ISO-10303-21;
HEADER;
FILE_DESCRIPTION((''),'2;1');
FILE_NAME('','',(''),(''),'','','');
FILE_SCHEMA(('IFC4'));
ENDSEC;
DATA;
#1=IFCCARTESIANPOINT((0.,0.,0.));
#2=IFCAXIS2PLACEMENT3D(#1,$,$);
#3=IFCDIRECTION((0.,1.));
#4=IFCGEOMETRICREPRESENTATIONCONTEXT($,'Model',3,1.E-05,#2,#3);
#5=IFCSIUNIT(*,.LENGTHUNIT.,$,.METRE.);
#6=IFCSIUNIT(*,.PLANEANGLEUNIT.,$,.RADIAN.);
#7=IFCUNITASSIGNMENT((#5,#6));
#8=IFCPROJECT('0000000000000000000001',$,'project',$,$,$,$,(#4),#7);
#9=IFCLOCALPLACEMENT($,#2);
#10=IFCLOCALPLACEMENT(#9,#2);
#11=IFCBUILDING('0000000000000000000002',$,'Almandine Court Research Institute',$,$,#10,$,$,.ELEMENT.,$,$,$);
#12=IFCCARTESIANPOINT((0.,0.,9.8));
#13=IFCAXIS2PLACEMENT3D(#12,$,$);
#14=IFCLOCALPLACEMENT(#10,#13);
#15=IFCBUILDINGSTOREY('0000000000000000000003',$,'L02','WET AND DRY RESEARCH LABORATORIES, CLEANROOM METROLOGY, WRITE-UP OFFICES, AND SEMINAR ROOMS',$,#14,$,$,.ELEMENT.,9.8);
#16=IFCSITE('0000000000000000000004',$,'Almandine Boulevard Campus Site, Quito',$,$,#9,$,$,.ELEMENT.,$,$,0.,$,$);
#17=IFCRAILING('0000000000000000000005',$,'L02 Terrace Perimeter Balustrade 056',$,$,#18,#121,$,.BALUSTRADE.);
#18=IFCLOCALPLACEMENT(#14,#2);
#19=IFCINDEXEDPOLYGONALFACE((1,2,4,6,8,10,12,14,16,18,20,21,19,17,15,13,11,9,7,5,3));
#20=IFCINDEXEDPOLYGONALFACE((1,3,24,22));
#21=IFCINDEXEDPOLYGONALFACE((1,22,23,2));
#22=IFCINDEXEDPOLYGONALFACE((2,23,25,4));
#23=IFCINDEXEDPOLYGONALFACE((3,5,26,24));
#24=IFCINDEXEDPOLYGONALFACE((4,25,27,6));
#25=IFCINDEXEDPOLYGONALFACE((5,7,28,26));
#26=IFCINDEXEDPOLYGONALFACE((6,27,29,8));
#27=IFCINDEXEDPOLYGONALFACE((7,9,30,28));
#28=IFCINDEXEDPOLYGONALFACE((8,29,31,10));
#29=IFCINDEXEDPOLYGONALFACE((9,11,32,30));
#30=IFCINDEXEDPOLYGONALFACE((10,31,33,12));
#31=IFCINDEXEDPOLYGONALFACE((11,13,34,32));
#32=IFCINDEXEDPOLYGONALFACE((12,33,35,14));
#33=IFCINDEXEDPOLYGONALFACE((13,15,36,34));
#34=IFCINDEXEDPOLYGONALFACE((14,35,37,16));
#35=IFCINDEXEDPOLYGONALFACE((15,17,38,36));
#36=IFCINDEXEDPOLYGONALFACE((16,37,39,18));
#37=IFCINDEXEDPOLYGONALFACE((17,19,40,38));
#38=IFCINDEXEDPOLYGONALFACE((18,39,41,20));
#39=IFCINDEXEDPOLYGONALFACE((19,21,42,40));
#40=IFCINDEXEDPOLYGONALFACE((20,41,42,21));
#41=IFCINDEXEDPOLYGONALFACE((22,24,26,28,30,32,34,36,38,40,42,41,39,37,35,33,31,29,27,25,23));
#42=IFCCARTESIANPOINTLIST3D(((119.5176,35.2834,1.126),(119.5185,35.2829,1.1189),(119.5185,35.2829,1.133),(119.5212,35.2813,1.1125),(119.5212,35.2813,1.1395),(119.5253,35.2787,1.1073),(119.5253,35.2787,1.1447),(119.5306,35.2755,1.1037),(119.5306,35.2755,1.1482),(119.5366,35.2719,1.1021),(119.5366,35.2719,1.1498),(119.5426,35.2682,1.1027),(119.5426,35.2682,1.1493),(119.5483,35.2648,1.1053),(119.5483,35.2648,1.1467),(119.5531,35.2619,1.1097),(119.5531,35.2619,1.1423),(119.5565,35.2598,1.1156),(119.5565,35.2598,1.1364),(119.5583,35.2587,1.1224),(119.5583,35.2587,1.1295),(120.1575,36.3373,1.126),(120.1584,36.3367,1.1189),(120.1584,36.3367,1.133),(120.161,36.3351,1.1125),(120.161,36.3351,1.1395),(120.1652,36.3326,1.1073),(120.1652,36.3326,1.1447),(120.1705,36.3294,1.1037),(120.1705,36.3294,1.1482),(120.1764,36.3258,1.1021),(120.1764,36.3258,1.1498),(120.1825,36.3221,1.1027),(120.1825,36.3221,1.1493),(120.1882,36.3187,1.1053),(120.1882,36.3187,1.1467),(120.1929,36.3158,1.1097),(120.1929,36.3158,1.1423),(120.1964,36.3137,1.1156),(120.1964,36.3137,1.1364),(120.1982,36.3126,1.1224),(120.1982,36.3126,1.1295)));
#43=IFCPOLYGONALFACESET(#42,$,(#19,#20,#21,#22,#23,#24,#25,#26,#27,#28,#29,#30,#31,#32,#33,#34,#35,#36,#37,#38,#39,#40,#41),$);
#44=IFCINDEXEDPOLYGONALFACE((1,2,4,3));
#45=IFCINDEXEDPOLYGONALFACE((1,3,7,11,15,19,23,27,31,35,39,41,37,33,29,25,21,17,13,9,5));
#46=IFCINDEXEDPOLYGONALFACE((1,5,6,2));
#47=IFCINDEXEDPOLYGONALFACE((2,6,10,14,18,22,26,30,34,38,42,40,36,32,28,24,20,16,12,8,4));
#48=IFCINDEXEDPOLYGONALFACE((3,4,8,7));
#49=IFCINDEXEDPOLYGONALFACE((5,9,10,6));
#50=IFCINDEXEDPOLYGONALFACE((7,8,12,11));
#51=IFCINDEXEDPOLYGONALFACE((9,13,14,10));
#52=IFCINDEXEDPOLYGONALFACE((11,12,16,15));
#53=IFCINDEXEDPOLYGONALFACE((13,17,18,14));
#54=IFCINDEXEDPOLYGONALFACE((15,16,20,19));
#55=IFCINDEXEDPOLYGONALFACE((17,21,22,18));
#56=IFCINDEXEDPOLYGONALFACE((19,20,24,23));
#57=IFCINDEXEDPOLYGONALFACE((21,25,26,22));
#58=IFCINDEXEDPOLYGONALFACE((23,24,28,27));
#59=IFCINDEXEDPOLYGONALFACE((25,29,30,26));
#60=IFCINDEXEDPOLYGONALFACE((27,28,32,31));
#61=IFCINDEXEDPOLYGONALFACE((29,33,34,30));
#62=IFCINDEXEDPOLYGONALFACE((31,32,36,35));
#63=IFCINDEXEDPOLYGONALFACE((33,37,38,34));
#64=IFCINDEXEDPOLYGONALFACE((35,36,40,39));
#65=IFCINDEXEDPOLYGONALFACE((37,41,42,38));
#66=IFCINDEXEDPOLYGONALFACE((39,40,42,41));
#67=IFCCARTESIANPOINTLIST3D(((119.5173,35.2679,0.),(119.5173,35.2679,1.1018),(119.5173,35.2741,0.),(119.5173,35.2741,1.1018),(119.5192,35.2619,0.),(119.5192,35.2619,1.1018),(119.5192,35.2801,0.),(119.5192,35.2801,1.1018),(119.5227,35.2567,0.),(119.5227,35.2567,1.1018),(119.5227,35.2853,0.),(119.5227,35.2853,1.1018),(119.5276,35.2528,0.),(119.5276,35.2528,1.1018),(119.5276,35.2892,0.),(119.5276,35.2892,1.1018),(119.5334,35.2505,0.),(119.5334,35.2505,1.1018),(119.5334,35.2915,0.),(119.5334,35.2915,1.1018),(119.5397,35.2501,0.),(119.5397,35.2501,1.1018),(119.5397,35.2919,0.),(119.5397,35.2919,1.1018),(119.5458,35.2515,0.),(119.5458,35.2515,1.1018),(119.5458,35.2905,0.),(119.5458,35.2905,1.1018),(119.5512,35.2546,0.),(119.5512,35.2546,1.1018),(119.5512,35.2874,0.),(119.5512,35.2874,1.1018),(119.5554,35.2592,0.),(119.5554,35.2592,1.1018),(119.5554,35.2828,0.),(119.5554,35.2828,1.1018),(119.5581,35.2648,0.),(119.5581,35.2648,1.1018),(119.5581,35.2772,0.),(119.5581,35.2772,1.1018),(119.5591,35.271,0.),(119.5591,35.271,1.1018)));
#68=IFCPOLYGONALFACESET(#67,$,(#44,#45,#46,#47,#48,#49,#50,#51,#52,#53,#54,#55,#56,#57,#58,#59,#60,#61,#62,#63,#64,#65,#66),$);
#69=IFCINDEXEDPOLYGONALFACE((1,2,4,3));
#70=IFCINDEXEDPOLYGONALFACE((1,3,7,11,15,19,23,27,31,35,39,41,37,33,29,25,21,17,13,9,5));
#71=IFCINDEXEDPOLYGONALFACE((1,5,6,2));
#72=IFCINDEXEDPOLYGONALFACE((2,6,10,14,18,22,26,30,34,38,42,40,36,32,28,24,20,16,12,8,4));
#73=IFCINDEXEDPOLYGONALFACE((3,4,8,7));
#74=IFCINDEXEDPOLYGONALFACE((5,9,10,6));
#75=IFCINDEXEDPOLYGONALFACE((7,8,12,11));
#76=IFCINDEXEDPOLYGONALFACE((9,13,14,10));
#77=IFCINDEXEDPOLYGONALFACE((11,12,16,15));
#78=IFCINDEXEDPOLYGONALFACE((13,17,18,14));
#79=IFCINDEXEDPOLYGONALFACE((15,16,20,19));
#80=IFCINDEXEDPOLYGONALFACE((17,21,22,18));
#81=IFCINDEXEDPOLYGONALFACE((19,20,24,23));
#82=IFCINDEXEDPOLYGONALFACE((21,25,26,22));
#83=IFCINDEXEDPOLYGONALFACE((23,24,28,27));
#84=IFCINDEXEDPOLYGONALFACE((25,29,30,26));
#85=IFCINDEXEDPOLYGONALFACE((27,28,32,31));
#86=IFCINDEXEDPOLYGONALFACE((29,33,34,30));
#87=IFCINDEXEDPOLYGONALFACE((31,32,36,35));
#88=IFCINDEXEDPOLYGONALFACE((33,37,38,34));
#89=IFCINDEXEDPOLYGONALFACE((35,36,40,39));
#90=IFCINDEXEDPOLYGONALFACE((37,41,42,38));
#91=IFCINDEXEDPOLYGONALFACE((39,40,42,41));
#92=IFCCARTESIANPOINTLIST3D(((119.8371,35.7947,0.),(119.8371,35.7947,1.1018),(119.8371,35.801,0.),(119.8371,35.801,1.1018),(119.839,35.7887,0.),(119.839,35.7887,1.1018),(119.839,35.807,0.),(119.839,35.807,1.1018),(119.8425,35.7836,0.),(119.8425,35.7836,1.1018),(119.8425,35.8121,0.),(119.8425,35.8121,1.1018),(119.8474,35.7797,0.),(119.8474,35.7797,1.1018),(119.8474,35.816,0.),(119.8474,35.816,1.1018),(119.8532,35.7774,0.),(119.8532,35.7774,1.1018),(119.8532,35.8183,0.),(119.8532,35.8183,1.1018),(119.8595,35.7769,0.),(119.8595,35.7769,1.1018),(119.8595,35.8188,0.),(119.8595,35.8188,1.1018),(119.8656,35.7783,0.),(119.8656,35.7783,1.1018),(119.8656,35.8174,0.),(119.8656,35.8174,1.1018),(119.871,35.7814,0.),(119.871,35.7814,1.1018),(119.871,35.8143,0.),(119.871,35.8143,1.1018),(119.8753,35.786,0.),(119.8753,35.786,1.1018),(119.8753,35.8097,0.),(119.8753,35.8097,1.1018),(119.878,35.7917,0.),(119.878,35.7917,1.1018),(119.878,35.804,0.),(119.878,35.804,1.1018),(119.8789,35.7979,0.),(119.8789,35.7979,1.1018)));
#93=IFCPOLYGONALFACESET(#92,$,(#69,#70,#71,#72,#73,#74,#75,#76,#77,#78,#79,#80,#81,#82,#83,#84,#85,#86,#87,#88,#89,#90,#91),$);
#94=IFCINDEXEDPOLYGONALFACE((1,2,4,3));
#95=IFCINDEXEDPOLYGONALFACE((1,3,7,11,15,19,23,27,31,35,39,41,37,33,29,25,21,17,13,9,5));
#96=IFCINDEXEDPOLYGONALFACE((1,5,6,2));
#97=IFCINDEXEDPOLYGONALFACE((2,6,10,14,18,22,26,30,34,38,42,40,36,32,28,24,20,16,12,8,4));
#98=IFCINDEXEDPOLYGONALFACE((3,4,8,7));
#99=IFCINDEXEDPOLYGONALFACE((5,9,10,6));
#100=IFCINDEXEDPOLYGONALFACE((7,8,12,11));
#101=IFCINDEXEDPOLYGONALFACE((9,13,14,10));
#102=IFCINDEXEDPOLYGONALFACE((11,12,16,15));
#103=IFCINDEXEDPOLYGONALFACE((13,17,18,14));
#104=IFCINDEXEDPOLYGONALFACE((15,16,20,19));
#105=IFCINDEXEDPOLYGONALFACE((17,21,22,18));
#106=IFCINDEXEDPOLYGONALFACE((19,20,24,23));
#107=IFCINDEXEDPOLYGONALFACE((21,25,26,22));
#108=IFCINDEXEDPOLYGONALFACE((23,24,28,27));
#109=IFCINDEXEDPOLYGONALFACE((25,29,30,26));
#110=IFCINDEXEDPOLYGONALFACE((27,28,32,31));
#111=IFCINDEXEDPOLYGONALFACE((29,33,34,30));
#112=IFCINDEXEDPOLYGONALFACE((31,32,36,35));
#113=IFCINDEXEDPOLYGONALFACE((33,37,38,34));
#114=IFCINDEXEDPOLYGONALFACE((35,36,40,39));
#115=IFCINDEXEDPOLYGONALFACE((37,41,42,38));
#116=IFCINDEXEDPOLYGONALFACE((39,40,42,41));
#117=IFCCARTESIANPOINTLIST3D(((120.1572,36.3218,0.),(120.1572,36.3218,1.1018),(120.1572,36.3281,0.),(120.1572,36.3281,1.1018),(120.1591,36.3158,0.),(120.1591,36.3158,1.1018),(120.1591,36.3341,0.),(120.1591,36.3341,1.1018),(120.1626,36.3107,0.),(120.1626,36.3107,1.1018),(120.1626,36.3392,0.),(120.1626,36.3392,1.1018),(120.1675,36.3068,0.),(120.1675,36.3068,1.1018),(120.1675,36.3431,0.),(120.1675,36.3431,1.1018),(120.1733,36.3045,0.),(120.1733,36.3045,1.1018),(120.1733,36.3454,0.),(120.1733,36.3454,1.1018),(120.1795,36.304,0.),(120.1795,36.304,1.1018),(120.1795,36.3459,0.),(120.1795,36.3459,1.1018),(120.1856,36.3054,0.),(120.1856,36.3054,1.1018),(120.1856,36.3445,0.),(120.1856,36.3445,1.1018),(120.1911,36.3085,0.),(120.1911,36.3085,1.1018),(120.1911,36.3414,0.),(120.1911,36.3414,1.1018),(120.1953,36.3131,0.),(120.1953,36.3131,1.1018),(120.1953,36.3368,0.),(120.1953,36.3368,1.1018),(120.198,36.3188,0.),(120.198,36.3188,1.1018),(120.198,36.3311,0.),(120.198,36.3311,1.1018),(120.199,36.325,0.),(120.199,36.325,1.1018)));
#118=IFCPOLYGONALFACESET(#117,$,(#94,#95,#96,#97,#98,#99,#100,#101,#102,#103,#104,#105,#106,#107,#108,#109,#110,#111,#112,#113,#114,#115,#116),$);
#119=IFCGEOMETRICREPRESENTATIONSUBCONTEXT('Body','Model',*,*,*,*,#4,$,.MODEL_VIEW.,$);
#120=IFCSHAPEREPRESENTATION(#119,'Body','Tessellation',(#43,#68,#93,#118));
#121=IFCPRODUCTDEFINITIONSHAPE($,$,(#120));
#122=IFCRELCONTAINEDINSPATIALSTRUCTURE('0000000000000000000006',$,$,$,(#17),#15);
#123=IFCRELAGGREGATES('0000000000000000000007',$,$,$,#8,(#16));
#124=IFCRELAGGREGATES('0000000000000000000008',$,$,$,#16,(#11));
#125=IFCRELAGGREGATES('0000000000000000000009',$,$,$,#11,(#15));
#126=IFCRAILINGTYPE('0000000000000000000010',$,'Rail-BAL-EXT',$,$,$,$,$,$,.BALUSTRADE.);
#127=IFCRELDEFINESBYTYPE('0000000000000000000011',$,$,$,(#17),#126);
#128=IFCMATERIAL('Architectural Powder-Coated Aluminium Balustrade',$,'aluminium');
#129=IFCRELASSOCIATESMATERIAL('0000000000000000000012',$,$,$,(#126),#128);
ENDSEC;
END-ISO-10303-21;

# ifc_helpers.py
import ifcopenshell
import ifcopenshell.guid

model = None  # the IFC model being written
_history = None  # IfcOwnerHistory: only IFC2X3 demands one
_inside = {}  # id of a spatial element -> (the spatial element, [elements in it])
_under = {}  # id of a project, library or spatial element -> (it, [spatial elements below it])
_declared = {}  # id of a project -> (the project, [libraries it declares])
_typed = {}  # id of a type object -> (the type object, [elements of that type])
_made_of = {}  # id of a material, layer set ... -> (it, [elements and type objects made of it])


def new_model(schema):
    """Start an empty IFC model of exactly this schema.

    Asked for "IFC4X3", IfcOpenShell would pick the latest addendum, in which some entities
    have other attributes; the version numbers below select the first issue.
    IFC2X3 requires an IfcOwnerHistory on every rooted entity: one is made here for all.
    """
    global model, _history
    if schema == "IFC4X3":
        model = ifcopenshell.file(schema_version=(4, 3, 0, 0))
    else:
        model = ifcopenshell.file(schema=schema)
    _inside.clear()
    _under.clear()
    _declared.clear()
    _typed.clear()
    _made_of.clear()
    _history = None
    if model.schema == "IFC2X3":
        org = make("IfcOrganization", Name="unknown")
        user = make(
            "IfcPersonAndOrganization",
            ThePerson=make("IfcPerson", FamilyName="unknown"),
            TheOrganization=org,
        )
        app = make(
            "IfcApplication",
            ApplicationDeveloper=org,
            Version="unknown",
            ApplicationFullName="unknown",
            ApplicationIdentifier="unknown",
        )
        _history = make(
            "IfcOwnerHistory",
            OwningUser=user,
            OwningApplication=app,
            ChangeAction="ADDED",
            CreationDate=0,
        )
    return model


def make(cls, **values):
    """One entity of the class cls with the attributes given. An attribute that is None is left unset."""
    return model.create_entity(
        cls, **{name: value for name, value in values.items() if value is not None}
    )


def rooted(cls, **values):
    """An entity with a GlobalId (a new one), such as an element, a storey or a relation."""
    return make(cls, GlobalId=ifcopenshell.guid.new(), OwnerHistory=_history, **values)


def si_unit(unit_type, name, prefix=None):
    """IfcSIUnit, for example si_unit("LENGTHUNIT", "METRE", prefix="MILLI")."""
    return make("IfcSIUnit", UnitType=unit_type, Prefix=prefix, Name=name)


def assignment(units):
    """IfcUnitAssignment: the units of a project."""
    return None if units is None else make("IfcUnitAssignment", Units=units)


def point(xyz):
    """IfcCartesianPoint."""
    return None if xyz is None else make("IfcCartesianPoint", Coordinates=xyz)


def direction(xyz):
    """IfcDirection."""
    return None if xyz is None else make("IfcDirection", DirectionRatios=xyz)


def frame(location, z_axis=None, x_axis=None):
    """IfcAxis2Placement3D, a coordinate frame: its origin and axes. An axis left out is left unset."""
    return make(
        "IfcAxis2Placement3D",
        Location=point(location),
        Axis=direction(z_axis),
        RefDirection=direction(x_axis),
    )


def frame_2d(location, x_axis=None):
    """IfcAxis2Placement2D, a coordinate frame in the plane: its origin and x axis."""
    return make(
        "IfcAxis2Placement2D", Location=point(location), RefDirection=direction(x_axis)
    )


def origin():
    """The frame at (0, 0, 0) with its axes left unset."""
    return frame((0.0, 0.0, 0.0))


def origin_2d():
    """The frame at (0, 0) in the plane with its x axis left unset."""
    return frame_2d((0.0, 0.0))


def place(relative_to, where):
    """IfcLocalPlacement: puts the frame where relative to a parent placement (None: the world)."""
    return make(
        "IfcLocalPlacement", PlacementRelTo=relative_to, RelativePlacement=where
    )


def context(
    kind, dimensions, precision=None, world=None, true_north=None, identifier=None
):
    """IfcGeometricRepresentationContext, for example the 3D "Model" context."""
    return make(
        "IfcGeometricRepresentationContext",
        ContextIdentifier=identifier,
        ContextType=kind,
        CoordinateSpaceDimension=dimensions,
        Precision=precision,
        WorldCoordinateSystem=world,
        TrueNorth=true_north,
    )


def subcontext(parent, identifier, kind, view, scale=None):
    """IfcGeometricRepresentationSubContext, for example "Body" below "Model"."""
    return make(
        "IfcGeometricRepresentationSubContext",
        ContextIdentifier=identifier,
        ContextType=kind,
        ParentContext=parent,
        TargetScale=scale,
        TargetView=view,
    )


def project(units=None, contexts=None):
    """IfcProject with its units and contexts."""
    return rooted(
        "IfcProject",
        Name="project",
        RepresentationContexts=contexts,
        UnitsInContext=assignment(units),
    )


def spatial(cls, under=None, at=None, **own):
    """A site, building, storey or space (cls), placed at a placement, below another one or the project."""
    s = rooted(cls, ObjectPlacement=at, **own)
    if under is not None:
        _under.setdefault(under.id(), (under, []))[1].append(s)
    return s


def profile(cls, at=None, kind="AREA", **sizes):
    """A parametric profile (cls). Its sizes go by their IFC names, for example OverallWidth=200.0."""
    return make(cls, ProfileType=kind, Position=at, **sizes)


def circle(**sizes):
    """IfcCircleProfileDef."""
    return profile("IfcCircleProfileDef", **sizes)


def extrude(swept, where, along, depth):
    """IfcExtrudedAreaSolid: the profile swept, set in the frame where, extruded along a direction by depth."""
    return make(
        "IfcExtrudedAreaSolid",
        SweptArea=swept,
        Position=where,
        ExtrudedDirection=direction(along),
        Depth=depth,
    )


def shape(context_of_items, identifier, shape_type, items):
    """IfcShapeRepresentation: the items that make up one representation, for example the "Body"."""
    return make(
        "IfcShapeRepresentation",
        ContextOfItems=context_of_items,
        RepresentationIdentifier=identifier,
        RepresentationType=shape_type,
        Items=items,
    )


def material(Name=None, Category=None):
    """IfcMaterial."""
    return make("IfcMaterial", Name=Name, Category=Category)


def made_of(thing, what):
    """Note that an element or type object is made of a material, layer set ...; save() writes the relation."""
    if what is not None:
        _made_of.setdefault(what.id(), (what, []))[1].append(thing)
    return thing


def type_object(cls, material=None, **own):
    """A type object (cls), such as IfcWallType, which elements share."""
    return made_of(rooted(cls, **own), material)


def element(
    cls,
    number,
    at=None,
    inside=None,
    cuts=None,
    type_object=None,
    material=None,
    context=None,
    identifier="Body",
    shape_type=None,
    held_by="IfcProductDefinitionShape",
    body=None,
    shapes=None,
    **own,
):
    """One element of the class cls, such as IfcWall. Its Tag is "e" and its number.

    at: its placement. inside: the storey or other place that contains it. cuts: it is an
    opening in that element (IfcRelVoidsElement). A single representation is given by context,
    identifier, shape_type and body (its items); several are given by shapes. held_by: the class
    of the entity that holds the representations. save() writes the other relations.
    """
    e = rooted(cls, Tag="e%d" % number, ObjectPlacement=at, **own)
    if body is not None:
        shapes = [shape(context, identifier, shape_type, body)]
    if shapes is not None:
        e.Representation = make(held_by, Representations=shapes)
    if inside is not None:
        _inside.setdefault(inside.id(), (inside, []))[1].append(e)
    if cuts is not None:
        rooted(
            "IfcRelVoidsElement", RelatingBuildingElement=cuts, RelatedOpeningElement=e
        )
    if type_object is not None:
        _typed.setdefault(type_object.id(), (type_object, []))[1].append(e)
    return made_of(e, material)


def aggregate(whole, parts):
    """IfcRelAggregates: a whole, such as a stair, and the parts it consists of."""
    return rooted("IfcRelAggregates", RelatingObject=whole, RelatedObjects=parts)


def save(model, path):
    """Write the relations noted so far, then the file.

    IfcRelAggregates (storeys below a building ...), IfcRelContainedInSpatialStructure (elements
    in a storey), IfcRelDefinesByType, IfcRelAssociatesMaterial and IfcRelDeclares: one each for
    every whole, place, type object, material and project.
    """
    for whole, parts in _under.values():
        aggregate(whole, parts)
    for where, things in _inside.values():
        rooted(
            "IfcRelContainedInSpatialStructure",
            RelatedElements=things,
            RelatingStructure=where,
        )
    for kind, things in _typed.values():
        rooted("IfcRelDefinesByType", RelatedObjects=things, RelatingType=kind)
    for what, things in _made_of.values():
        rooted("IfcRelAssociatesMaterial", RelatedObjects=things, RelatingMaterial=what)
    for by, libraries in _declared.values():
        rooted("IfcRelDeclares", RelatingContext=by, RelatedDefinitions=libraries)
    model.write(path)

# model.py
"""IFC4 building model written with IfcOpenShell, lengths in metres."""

from ifc_helpers import new_model, si_unit, direction, frame, origin, origin_2d, place, context, subcontext, project, spatial, circle, extrude, material, type_object, element, save


model = new_model("IFC4")

# Units and contexts
model_context = context("Model", 3, precision=1e-05, world=origin(), true_north=direction((0.0, 1.0)))
body_context = subcontext(model_context, "Body", "Model", "MODEL_VIEW")
ifc_project = project(units=[si_unit("LENGTHUNIT", "METRE"), si_unit("PLANEANGLEUNIT", "RADIAN")], contexts=[model_context])

# Site, building, storey
site_placement = place(None, origin())
site = spatial("IfcSite", under=ifc_project, at=site_placement, Name="Almandine Boulevard Campus Site, Quito", CompositionType="ELEMENT", RefElevation=0.0)
building_placement = place(site_placement, origin())
building = spatial("IfcBuilding", under=site, at=building_placement, Name="Almandine Court Research Institute", CompositionType="ELEMENT")
storey_placement = place(building_placement, frame((0.0, 0.0, 9.8)))
storey = spatial("IfcBuildingStorey", under=building, at=storey_placement, Name="L02", Description="WET AND DRY RESEARCH LABORATORIES, CLEANROOM METROLOGY, WRITE-UP OFFICES, AND SEMINAR ROOMS", CompositionType="ELEMENT", Elevation=9.8)

# Railing
ifc_material_1 = material(Name="Architectural Powder-Coated Aluminium Balustrade", Category="aluminium")
railing_type = type_object("IfcRailingType", Name="Rail-BAL-EXT", PredefinedType="BALUSTRADE", material=ifc_material_1)
railing_1_placement = place(storey_placement, frame((119.5381, 35.271, 0.0)))
element("IfcRailing", 1, at=railing_1_placement, inside=storey, type_object=railing_type, Name="L02 Terrace Perimeter Balustrade 056", PredefinedType="BALUSTRADE", context=body_context, shape_type="SweptSolid", body=[
    extrude(circle(Radius=0.0239, at=origin_2d()), frame((0.0, 0.0, 1.126), z_axis=(0.518973, 0.854791, 0.0), x_axis=(-0.854791, 0.518973, 0.0)), (0.0, 0.0, 1.0), 1.2329),
    extrude(circle(Radius=0.021, at=origin_2d()), origin(), (0.0, 0.0, 1.0), 1.1018),
    extrude(circle(Radius=0.021, at=origin_2d()), frame((0.3198, 0.5269, 0.0)), (0.0, 0.0, 1.0), 1.1018),
    extrude(circle(Radius=0.021, at=origin_2d()), frame((0.6399, 1.054, 0.0)), (0.0, 0.0, 1.0), 1.1018),
])

save(model, "model.ifc")
